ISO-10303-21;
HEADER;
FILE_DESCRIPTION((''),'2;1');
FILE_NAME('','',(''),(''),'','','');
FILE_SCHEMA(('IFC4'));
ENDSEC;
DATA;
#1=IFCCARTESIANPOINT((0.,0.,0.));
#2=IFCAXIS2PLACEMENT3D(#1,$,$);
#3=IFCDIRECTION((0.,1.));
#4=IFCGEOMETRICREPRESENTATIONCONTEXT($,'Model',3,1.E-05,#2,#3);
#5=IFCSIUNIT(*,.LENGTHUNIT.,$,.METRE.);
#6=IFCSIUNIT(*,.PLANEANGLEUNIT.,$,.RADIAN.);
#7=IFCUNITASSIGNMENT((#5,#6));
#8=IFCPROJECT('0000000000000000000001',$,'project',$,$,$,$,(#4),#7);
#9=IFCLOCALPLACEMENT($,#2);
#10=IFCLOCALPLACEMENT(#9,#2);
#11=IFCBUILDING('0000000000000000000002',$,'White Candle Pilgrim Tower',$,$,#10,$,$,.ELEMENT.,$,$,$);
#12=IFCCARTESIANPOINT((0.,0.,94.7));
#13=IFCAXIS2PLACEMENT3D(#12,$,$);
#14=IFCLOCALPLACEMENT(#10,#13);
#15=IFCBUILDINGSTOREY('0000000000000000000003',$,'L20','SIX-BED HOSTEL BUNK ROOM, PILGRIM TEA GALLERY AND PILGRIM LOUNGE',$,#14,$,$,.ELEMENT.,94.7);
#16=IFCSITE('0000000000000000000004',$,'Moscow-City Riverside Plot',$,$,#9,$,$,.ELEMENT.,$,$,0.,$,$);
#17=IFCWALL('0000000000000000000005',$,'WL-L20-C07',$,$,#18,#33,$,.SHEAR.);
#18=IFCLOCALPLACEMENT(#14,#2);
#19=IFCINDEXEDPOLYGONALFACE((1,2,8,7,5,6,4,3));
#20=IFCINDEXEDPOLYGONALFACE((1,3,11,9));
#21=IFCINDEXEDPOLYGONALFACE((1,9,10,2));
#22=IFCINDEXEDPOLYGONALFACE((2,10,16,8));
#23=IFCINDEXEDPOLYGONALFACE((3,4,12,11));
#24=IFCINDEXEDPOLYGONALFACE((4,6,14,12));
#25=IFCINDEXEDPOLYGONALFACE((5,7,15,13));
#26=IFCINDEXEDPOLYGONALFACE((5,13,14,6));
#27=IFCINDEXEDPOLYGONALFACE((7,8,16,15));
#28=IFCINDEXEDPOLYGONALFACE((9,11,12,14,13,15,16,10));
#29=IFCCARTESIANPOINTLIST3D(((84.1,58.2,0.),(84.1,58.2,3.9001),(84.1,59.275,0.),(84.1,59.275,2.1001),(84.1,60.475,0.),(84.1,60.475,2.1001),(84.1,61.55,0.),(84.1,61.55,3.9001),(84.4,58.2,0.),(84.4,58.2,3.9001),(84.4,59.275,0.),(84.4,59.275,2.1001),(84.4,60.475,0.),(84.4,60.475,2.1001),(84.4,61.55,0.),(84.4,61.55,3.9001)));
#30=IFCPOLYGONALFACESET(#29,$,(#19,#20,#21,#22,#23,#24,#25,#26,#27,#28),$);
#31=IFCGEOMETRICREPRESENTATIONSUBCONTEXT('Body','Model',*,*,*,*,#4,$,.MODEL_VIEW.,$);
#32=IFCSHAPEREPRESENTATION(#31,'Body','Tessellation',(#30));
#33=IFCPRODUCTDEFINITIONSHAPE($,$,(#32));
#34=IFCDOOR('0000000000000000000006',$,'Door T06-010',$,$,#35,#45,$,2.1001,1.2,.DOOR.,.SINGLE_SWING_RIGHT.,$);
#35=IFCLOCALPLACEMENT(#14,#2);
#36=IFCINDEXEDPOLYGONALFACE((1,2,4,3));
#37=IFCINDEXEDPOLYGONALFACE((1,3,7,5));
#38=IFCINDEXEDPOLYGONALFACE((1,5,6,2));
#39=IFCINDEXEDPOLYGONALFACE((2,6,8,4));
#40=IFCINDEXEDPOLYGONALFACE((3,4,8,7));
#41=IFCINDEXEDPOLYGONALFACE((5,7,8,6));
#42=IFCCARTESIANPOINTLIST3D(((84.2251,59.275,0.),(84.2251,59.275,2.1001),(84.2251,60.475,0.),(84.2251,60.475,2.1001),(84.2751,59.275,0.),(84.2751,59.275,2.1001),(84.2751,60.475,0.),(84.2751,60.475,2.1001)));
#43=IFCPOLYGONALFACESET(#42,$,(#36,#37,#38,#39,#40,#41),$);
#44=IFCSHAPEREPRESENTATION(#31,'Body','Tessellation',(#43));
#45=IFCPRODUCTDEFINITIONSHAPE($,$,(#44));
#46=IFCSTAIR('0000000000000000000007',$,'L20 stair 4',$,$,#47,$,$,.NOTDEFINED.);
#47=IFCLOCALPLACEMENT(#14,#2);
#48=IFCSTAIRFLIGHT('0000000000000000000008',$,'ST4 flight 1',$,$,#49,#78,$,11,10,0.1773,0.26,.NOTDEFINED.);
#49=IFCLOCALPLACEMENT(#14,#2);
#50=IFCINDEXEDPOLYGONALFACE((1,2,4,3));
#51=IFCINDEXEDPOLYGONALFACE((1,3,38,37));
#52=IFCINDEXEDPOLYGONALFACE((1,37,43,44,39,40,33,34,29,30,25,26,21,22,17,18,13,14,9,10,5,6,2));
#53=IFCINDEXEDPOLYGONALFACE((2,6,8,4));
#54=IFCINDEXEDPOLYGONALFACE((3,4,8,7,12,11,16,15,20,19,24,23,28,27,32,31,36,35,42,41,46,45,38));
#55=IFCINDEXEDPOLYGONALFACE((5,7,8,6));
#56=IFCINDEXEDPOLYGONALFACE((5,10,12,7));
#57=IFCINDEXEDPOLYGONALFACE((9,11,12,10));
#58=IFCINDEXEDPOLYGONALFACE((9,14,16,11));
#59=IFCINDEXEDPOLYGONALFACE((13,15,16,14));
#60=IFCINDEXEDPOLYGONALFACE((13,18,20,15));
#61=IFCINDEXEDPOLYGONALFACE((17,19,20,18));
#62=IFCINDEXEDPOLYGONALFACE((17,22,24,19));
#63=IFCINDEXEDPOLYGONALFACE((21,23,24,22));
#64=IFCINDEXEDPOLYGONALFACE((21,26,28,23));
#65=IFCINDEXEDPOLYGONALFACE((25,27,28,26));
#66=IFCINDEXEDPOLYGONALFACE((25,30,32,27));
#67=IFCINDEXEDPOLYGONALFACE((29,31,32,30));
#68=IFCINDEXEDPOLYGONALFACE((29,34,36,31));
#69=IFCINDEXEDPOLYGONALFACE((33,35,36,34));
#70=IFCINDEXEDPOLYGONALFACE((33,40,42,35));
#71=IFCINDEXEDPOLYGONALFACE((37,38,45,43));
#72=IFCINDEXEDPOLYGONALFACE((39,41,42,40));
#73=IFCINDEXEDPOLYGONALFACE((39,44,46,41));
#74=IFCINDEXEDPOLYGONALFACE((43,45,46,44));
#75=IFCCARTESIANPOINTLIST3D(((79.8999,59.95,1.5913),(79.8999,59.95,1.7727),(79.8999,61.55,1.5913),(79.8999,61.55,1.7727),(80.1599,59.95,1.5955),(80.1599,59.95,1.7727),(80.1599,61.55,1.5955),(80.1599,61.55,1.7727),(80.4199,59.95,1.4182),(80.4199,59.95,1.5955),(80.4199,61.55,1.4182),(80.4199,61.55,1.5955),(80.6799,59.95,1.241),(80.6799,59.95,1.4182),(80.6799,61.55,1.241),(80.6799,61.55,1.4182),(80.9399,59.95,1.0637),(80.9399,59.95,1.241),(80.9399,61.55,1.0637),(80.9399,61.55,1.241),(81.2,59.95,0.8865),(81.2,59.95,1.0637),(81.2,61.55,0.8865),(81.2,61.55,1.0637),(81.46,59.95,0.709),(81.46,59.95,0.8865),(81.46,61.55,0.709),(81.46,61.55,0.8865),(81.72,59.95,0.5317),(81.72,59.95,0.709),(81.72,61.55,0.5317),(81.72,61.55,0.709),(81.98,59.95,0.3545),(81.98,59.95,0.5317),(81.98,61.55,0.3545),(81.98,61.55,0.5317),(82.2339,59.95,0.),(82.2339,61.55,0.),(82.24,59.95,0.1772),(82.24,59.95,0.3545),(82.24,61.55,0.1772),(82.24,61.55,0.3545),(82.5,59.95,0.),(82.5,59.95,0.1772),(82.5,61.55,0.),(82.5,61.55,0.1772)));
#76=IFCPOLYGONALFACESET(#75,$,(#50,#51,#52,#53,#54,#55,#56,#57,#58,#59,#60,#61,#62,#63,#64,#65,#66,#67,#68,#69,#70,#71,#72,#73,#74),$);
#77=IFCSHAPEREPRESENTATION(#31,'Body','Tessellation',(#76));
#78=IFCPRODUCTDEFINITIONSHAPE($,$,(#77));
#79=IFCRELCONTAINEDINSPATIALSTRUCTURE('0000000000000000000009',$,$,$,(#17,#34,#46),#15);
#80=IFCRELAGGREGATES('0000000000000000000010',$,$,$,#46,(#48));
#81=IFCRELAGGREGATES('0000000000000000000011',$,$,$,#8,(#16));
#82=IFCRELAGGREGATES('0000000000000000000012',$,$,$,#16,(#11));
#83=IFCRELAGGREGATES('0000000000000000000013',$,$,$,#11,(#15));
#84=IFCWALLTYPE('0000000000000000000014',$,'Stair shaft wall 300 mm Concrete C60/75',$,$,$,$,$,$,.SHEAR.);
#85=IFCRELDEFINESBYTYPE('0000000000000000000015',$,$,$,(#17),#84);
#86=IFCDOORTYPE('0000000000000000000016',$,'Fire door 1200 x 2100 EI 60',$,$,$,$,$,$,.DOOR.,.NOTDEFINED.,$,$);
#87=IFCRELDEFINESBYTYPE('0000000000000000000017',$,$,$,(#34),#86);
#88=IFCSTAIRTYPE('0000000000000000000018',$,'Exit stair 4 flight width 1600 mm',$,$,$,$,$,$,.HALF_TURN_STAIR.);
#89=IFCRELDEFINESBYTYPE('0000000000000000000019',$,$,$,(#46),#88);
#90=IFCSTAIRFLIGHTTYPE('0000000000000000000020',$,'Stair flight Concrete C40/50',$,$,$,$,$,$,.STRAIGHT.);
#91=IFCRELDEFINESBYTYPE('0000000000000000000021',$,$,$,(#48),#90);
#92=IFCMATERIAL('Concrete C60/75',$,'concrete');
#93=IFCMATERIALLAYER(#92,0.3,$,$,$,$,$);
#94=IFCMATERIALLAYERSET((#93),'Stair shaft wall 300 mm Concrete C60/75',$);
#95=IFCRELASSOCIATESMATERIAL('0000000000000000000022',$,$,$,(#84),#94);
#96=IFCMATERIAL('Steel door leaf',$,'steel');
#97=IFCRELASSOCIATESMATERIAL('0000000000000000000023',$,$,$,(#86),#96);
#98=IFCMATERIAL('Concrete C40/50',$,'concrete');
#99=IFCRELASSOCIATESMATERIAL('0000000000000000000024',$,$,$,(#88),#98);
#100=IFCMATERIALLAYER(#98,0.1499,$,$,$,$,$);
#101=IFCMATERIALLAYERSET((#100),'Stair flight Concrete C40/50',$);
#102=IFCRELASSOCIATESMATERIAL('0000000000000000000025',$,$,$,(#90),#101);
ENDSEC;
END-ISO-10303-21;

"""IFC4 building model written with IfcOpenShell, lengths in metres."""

from ifc_helpers import new_model, si_unit, direction, frame, frame_2d, origin, place, context, subcontext, project, spatial, polyline, rectangle, outline, extrude, material, layer, layer_set, type_object, element, fill, aggregate, save


model = new_model("IFC4")

# Units and contexts
model_context = context("Model", 3, precision=1e-05, world=origin(), true_north=direction((0.0, 1.0)))
body_context = subcontext(model_context, "Body", "Model", "MODEL_VIEW")
ifc_project = project(units=[si_unit("LENGTHUNIT", "METRE"), si_unit("PLANEANGLEUNIT", "RADIAN")], contexts=[model_context])

# Site, building, storey
site_placement = place(None, origin())
site = spatial("IfcSite", under=ifc_project, at=site_placement, Name="Moscow-City Riverside Plot", CompositionType="ELEMENT", RefElevation=0.0)
building_placement = place(site_placement, origin())
building = spatial("IfcBuilding", under=site, at=building_placement, Name="White Candle Pilgrim Tower", CompositionType="ELEMENT")
storey_placement = place(building_placement, frame((0.0, 0.0, 94.7)))
storey = spatial("IfcBuildingStorey", under=building, at=storey_placement, Name="L20", Description="SIX-BED HOSTEL BUNK ROOM, PILGRIM TEA GALLERY AND PILGRIM LOUNGE", CompositionType="ELEMENT", Elevation=94.7)

# Shared definitions
ifc_material_1 = material(Name="Concrete C60/75", Category="concrete")

# Shared definitions
ifc_material_2 = material(Name="Steel door leaf", Category="steel")

# Wall, opening, door
ifc_layer_1 = layer(ifc_material_1, 0.3)
ifc_layer_set_1 = layer_set([ifc_layer_1], Name="Stair shaft wall 300 mm Concrete C60/75")
wall_type_1 = type_object("IfcWallType", Name="Stair shaft wall 300 mm Concrete C60/75", PredefinedType="SHEAR", material=ifc_layer_set_1)
wall_1_placement = place(storey_placement, frame((84.25, 58.2, 0.0), z_axis=(0.0, 0.0, 1.0), x_axis=(0.0, 1.0, 0.0)))
wall_1 = element("IfcWall", 1, at=wall_1_placement, inside=storey, type_object=wall_type_1, Name="WL-L20-C07", PredefinedType="SHEAR", context=body_context, shape_type="SweptSolid", body=[
    extrude(rectangle(XDim=3.3501, YDim=0.3, at=frame_2d((1.675, 0.0))), origin(), (0.0, 0.0, 1.0), 3.9001),
])
opening_1_placement = place(wall_1_placement, frame((1.075, 0.0, 0.0)))
opening_1 = element("IfcOpeningElement", 2, at=opening_1_placement, cuts=wall_1, PredefinedType="OPENING", context=body_context, shape_type="SweptSolid", body=[
    extrude(rectangle(XDim=1.2, YDim=2.1001, at=frame_2d((0.6001, 1.05))), frame((0.0, 0.1599, 0.0), z_axis=(0.0, -1.0, 0.0), x_axis=(1.0, 0.0, 0.0)), (0.0, 0.0, 1.0), 0.3201),
])
door_type_1 = type_object("IfcDoorType", Name="Fire door 1200 x 2100 EI 60", OperationType="NOTDEFINED", PredefinedType="DOOR", material=ifc_material_2)
door_1_placement = place(opening_1_placement, origin())
door_1 = element("IfcDoor", 3, at=door_1_placement, inside=storey, type_object=door_type_1, Name="Door T06-010", OperationType="SINGLE_SWING_RIGHT", OverallHeight=2.1001, OverallWidth=1.2, PredefinedType="DOOR", context=body_context, shape_type="SweptSolid", body=[
    extrude(rectangle(XDim=1.2, YDim=2.1001, at=frame_2d((0.6001, 1.05))), frame((0.0, 0.0249, 0.0), z_axis=(0.0, -1.0, 0.0), x_axis=(1.0, 0.0, 0.0)), (0.0, 0.0, 1.0), 0.05),
])
fill(opening_1, door_1)

# Stair, stair flight
ifc_material_3 = material(Name="Concrete C40/50", Category="concrete")
stair_type = type_object("IfcStairType", Name="Exit stair 4 flight width 1600 mm", PredefinedType="HALF_TURN_STAIR", material=ifc_material_3)
stair_placement = place(storey_placement, origin())
stair = element("IfcStair", 4, at=stair_placement, inside=storey, type_object=stair_type, Name="L20 stair 4", PredefinedType="NOTDEFINED")
ifc_layer_2 = layer(ifc_material_3, 0.1499)
ifc_layer_set_2 = layer_set([ifc_layer_2], Name="Stair flight Concrete C40/50")
stair_flight_type = type_object("IfcStairFlightType", Name="Stair flight Concrete C40/50", PredefinedType="STRAIGHT", material=ifc_layer_set_2)
stair_flight_placement = place(storey_placement, frame((82.5, 60.75, 0.0), z_axis=(0.0, 0.0, 1.0), x_axis=(-1.0, 0.0, 0.0)))
stair_flight = element("IfcStairFlight", 5, at=stair_flight_placement, type_object=stair_flight_type, Name="ST4 flight 1", NumberOfRisers=11, NumberOfTreads=10, PredefinedType="NOTDEFINED", RiserHeight=0.1773, TreadLength=0.26, context=body_context, shape_type="SweptSolid", body=[
    extrude(outline(polyline([(0.0, 0.0), (0.0, 0.1772), (0.26, 0.1772), (0.26, 0.3545), (0.52, 0.3545), (0.52, 0.5317), (0.78, 0.5317), (0.78, 0.709), (1.04, 0.709), (1.04, 0.8865), (1.3, 0.8865), (1.3, 1.0637), (1.5601, 1.0637), (1.5601, 1.241), (1.8201, 1.241), (1.8201, 1.4182), (2.0801, 1.4182), (2.0801, 1.5955), (2.3401, 1.5955), (2.3401, 1.7727), (2.6001, 1.7727), (2.6001, 1.95), (2.6001, 1.5913), (0.2661, 0.0), (0.0, 0.0)])), frame((0.0, 0.8, 0.0), z_axis=(0.0, -1.0, 0.0), x_axis=(1.0, 0.0, 0.0)), (0.0, 0.0, 1.0), 1.6001),
])
aggregate(stair, [stair_flight])

save(model, "model.ifc")
